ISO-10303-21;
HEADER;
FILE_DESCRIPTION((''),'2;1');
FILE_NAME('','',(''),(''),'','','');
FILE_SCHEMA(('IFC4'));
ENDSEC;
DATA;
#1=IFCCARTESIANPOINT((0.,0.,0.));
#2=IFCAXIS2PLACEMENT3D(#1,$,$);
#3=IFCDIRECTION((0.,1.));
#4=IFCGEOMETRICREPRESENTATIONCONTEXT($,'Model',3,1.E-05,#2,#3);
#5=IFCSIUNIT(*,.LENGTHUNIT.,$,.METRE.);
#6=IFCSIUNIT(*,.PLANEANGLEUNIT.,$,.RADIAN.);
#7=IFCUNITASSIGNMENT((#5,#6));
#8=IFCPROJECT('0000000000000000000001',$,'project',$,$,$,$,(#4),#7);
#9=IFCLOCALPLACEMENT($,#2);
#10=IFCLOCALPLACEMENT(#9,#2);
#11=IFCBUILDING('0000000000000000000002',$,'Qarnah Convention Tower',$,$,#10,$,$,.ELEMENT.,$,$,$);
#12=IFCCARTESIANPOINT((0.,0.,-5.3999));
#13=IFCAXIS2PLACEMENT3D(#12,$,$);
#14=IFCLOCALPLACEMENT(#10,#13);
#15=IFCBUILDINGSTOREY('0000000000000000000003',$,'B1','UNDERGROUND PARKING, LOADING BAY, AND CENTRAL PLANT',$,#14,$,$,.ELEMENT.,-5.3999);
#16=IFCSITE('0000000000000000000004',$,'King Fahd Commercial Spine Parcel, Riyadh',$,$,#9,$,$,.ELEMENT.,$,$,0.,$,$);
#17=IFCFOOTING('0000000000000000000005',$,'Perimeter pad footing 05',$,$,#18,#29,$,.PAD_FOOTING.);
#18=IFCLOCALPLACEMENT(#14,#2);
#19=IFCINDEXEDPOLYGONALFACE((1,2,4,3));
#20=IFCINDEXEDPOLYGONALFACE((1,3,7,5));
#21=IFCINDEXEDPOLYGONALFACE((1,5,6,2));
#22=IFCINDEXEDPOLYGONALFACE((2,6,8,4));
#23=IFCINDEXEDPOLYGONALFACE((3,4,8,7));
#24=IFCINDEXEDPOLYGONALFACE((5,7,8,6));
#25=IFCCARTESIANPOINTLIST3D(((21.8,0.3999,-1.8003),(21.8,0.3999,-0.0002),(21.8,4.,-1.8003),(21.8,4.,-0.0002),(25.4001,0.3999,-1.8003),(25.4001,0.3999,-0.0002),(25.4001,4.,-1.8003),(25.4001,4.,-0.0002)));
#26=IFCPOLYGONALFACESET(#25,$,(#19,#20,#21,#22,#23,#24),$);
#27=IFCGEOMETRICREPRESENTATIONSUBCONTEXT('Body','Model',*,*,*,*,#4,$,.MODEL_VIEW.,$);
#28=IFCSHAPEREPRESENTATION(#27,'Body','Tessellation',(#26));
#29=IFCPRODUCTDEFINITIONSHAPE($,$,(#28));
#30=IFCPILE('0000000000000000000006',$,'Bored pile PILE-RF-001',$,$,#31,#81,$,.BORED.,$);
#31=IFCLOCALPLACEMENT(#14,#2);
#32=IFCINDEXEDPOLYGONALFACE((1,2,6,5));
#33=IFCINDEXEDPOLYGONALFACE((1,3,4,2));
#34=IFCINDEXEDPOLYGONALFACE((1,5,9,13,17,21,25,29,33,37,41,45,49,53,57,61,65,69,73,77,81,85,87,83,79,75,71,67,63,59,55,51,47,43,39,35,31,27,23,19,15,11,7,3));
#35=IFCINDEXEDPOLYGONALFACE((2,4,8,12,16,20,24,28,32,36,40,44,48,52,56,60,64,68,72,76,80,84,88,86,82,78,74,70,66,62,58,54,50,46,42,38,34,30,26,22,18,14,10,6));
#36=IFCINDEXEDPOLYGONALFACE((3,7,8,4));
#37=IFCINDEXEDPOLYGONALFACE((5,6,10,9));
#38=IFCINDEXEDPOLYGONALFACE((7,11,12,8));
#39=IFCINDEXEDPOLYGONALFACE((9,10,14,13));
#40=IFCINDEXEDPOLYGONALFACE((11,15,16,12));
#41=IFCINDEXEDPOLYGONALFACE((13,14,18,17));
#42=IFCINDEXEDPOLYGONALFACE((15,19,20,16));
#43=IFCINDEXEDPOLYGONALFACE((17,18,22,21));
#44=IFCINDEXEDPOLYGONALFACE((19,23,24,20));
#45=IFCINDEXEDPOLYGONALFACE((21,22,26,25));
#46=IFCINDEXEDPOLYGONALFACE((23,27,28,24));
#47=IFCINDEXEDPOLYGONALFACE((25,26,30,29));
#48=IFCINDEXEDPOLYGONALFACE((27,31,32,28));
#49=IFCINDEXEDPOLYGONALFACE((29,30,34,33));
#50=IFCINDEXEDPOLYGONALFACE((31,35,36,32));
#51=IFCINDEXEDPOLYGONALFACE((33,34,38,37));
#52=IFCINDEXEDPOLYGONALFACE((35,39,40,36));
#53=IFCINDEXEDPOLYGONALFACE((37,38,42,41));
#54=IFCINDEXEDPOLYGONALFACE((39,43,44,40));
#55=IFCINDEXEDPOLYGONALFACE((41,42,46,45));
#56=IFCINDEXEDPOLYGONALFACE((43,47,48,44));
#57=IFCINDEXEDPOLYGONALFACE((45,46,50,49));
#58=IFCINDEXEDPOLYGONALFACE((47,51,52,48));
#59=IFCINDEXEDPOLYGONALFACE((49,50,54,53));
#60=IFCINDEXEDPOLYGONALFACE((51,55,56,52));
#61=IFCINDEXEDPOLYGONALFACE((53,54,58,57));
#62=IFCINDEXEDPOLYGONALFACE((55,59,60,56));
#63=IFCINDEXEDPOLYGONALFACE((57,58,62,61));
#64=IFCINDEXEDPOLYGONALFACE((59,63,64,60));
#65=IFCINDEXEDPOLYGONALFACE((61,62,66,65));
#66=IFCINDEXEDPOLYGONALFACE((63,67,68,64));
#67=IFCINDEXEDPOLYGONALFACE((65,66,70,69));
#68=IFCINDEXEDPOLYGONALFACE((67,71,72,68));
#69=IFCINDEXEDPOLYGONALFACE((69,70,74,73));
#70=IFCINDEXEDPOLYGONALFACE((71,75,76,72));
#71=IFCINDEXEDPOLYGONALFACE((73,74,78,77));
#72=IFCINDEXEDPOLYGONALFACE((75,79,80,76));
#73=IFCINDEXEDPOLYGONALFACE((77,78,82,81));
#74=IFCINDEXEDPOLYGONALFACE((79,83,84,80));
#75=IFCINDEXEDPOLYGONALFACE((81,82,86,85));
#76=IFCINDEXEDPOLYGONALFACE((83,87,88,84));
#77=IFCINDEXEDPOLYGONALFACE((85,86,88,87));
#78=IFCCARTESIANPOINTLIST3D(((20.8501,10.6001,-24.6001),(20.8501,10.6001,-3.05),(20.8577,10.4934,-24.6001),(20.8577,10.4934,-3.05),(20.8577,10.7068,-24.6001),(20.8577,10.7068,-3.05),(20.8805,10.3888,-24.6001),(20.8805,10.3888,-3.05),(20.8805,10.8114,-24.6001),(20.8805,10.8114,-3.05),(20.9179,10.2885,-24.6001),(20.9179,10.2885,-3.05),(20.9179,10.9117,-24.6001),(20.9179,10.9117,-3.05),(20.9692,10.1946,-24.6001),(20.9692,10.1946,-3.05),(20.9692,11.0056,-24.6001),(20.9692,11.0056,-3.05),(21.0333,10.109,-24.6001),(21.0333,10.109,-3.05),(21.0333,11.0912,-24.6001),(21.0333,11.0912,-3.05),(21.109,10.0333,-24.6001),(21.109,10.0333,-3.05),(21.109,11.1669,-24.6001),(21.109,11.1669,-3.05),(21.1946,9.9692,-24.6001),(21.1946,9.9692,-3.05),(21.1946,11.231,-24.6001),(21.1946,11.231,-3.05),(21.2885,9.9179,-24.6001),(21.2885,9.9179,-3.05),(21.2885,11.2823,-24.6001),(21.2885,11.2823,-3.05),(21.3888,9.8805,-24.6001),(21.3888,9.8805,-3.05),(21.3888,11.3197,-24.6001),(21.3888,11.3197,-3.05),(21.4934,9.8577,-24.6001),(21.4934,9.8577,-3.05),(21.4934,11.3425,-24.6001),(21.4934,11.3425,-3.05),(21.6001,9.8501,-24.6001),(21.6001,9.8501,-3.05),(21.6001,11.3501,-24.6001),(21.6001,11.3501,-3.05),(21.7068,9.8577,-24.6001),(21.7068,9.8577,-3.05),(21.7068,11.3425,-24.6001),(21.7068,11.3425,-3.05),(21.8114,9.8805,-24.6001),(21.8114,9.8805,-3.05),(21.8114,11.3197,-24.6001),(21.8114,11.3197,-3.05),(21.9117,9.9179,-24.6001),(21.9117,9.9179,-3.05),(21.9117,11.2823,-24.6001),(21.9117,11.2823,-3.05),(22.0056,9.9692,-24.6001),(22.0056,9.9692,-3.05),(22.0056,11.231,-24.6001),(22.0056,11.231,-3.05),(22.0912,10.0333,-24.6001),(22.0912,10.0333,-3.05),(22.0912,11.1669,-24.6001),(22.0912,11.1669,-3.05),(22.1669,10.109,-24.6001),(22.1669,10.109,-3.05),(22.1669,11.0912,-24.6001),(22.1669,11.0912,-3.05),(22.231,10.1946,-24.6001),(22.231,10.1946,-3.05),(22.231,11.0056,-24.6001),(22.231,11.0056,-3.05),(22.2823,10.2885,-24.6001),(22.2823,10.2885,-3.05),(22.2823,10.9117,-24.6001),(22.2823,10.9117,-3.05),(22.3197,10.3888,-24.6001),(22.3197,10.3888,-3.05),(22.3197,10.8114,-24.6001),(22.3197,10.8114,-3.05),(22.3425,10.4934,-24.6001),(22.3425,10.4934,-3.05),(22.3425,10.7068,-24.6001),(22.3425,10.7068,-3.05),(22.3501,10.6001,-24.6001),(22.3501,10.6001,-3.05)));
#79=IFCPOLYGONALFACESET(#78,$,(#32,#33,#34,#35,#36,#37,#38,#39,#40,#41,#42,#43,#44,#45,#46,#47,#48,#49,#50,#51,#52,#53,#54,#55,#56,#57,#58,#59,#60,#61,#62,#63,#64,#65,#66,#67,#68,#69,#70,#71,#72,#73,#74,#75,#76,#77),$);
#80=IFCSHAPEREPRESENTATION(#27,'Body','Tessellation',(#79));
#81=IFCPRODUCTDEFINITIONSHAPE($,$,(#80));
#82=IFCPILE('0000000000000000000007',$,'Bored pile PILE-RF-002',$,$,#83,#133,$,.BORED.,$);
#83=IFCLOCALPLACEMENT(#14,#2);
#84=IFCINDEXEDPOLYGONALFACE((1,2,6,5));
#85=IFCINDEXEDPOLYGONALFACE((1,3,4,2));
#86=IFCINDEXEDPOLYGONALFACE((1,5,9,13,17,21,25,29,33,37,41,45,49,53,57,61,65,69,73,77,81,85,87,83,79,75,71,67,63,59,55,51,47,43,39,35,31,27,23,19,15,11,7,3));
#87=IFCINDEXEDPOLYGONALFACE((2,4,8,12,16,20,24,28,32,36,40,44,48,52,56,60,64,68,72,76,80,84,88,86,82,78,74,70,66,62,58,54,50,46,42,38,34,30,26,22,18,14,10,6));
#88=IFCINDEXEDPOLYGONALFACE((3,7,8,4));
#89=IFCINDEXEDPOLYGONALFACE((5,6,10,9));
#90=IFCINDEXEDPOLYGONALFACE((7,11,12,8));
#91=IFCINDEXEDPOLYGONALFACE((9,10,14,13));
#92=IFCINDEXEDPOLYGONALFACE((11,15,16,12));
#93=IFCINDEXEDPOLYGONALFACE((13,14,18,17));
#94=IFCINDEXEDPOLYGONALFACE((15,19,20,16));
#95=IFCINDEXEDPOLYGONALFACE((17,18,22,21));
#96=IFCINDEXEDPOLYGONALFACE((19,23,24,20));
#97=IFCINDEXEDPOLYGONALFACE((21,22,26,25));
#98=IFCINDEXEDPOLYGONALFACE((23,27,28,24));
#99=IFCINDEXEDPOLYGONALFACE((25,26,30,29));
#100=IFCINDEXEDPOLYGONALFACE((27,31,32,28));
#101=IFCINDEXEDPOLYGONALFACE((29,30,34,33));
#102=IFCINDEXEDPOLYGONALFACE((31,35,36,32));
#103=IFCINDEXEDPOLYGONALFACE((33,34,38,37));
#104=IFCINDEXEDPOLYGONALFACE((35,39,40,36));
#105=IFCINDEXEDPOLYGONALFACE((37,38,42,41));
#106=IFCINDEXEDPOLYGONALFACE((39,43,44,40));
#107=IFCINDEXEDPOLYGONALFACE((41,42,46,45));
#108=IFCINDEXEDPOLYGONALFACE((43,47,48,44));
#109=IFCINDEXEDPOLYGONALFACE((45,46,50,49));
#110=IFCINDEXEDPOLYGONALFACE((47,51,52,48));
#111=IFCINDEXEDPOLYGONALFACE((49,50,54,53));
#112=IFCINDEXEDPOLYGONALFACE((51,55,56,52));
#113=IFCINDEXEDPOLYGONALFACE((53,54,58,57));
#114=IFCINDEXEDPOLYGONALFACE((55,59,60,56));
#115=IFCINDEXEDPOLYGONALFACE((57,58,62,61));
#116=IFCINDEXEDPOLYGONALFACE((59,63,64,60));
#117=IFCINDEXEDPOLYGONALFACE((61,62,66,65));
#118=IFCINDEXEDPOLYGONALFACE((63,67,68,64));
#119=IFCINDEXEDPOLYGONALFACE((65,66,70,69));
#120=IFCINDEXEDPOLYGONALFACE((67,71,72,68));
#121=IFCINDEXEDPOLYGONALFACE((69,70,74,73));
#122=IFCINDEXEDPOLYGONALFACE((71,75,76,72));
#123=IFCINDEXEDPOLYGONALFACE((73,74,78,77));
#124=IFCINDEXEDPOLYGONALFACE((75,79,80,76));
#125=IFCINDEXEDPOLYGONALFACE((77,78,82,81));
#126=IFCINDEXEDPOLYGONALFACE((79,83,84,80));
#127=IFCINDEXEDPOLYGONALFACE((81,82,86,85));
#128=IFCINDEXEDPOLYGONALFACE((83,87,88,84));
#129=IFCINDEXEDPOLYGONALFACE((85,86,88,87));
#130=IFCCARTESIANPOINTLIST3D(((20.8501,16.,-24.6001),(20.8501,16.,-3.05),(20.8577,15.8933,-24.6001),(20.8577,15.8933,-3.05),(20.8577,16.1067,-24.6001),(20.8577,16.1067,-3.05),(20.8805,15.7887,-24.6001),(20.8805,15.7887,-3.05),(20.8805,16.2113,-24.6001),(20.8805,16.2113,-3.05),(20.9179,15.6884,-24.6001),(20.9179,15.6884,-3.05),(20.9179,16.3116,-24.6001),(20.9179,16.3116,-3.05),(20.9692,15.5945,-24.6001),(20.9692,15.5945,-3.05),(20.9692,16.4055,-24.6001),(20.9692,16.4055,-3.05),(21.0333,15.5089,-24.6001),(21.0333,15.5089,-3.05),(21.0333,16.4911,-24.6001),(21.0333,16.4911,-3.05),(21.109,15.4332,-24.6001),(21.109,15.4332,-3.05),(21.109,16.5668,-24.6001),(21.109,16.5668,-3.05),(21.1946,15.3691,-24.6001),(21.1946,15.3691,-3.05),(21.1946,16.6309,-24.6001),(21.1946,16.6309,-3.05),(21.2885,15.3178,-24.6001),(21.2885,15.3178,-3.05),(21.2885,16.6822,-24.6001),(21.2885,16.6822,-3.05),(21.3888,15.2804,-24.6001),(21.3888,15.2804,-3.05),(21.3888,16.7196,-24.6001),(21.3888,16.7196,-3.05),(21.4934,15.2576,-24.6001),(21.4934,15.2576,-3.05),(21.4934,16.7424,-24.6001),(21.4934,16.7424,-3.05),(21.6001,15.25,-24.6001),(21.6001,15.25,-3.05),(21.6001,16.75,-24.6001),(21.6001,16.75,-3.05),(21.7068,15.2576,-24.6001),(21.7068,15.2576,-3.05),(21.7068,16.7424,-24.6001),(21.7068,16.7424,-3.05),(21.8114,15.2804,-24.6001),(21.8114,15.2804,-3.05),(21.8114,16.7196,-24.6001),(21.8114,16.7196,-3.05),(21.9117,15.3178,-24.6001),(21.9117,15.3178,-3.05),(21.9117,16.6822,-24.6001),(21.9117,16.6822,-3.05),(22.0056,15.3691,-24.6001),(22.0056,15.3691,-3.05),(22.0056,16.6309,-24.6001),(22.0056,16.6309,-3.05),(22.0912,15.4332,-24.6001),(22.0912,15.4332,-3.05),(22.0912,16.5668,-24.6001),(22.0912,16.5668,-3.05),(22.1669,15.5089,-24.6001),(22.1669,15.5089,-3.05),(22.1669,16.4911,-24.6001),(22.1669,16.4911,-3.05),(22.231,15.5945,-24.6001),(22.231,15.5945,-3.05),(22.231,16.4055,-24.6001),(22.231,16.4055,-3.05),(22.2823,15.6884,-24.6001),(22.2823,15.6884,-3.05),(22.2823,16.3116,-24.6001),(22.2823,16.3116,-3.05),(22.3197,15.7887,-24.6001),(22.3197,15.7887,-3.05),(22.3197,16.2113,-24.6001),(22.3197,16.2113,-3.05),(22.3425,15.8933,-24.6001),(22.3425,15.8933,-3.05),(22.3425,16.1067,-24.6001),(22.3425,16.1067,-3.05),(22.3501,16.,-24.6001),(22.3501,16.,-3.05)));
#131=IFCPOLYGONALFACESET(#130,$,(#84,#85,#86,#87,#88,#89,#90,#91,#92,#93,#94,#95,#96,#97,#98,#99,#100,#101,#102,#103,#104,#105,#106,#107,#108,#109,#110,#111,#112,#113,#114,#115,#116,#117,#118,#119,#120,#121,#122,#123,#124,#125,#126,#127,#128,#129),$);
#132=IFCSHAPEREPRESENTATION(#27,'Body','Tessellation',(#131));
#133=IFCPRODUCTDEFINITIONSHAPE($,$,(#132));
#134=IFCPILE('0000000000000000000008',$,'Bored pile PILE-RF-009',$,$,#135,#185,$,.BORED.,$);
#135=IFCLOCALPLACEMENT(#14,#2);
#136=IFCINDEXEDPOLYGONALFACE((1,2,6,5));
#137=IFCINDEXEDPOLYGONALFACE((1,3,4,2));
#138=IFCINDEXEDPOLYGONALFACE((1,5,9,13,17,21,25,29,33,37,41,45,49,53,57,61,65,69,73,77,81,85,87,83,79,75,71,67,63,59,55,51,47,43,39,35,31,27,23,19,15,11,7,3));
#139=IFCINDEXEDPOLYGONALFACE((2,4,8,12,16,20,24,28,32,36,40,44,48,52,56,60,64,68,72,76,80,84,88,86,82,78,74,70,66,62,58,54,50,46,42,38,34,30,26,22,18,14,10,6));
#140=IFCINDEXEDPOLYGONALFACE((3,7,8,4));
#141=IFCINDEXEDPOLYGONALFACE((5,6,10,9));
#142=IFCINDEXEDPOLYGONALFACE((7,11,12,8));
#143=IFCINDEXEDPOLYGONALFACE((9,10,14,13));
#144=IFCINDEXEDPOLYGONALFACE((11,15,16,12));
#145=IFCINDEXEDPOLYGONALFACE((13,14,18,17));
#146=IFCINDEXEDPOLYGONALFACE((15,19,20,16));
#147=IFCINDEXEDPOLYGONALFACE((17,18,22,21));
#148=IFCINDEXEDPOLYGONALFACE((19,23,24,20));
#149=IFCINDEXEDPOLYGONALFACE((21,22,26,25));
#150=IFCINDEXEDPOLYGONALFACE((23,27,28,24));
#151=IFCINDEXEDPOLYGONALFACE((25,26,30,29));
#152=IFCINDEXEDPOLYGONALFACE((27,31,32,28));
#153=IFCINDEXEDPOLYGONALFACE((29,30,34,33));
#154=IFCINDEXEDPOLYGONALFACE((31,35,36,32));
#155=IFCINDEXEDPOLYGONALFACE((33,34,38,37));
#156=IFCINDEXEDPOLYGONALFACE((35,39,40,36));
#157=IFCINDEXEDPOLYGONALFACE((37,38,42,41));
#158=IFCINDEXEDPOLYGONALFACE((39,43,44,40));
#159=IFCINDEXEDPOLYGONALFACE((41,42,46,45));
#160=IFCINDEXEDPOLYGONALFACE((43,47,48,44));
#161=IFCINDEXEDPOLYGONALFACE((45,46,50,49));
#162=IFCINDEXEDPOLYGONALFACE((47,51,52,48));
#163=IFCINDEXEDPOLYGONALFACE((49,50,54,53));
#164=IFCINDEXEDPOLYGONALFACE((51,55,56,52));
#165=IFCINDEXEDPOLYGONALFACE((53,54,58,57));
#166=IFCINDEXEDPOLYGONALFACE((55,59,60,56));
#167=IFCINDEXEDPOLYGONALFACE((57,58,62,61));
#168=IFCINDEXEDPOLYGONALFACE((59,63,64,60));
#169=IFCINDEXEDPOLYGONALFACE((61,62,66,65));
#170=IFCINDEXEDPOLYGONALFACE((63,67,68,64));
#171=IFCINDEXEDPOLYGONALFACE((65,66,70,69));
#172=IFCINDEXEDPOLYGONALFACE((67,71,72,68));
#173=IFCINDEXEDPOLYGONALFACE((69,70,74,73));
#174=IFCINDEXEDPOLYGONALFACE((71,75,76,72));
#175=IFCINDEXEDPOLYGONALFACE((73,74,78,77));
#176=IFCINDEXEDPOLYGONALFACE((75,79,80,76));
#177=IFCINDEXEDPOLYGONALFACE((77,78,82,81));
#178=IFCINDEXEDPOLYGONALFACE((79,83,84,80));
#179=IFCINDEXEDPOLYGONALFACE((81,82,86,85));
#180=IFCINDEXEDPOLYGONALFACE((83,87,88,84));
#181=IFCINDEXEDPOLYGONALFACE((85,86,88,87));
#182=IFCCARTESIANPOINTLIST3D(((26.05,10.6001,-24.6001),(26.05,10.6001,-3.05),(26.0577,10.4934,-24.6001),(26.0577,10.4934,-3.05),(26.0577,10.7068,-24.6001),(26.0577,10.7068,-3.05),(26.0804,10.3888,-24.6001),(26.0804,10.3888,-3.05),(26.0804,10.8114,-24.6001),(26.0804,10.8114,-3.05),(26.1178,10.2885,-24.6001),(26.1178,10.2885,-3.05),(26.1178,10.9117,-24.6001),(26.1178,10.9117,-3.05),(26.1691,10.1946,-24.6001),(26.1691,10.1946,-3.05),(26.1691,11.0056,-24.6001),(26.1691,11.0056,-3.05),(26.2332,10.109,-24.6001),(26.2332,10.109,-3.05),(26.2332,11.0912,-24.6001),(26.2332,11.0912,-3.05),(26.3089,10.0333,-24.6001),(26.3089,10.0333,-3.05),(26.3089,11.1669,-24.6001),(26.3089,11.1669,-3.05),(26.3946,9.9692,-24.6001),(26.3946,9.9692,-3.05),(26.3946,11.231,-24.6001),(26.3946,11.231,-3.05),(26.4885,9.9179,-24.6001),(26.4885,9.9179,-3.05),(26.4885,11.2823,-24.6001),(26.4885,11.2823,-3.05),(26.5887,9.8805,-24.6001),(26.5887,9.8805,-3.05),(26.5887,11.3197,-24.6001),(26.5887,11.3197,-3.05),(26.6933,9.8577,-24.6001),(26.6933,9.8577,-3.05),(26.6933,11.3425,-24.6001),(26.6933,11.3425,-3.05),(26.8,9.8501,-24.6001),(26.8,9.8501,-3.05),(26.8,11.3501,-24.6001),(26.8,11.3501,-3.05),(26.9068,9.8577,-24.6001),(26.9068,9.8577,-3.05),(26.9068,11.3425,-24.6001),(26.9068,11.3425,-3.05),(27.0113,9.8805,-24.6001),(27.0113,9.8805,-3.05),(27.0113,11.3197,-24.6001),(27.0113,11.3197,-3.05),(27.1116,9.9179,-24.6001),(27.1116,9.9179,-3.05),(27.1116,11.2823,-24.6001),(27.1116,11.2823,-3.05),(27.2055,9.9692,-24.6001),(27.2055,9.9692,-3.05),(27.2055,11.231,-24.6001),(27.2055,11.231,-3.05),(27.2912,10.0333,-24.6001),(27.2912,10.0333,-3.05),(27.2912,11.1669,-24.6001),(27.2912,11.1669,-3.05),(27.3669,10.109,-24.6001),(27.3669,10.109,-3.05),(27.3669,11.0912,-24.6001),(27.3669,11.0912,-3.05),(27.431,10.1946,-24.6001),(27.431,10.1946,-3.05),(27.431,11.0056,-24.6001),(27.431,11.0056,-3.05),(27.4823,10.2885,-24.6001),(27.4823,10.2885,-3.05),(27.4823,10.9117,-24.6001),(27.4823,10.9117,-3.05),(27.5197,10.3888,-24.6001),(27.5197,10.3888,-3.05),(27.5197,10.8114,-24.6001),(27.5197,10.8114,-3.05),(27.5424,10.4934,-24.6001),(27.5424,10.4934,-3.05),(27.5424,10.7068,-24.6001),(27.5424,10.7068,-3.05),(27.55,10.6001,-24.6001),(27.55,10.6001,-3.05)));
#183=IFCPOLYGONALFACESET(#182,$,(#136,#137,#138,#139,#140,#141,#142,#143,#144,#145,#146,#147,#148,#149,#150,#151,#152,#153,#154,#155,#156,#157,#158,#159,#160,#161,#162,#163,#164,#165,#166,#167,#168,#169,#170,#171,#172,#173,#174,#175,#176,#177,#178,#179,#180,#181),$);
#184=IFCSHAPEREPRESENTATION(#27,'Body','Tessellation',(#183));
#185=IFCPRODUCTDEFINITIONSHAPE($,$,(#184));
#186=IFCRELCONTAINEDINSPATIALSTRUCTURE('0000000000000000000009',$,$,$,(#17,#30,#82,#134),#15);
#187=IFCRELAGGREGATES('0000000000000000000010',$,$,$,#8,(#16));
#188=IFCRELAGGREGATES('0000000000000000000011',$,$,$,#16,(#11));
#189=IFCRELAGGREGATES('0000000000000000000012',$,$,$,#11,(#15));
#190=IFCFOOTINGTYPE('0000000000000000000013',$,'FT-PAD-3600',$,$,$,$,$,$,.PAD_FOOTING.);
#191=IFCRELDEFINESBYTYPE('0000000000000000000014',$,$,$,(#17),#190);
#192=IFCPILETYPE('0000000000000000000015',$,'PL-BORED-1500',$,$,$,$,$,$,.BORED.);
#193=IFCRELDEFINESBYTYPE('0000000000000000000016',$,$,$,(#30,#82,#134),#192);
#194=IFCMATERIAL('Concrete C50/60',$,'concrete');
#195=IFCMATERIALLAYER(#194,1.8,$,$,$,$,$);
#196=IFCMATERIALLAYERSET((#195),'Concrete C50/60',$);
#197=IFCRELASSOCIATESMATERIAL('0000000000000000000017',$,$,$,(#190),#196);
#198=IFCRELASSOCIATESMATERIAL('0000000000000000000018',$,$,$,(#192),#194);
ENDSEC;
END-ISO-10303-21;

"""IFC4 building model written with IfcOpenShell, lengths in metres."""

from ifc_helpers import new_model, si_unit, direction, frame, origin, origin_2d, place, context, subcontext, project, spatial, rectangle, circle, extrude, material, layer, layer_set, material_profile, profile_set, type_object, element, save


model = new_model("IFC4")

# Units and contexts
model_context = context("Model", 3, precision=1e-05, world=origin(), true_north=direction((0.0, 1.0)))
body_context = subcontext(model_context, "Body", "Model", "MODEL_VIEW")
ifc_project = project(units=[si_unit("LENGTHUNIT", "METRE"), si_unit("PLANEANGLEUNIT", "RADIAN")], contexts=[model_context])

# Site, building, storey
site_placement = place(None, origin())
site = spatial("IfcSite", under=ifc_project, at=site_placement, Name="King Fahd Commercial Spine Parcel, Riyadh", CompositionType="ELEMENT", RefElevation=0.0)
building_placement = place(site_placement, origin())
building = spatial("IfcBuilding", under=site, at=building_placement, Name="Qarnah Convention Tower", CompositionType="ELEMENT")
storey_placement = place(building_placement, frame((0.0, 0.0, -5.3999)))
storey = spatial("IfcBuildingStorey", under=building, at=storey_placement, Name="B1", Description="UNDERGROUND PARKING, LOADING BAY, AND CENTRAL PLANT", CompositionType="ELEMENT", Elevation=-5.3999)

# Footing
ifc_material_1 = material(Name="Concrete C50/60", Category="concrete")
ifc_layer_1 = layer(ifc_material_1, 1.8)
ifc_layer_set_1 = layer_set([ifc_layer_1], Name="Concrete C50/60")
footing_type = type_object("IfcFootingType", Name="FT-PAD-3600", PredefinedType="PAD_FOOTING", material=ifc_layer_set_1)
footing_placement = place(storey_placement, frame((23.6001, 2.2, -1.8003), z_axis=(0.0, 0.0, 1.0), x_axis=(1.0, 0.0, 0.0)))
element("IfcFooting", 1, at=footing_placement, inside=storey, type_object=footing_type, Name="Perimeter pad footing 05", PredefinedType="PAD_FOOTING", context=body_context, shape_type="SweptSolid", body=[
    extrude(rectangle(XDim=3.6001, YDim=3.6001, at=origin_2d()), origin(), (0.0, 0.0, 1.0), 1.8),
])

# Piles
ifc_material_profile_1 = material_profile(ifc_material_1, circle(Radius=0.75, at=origin_2d()), Name="PILE-D1500")
ifc_profile_set_1 = profile_set([ifc_material_profile_1], Name="Concrete C50/60")
pile_type_1 = type_object("IfcPileType", Name="PL-BORED-1500", PredefinedType="BORED", material=ifc_profile_set_1)
for number, where, z_axis, x_axis, name in (
    (2, (21.6001, 10.6001, -3.05), (0.0, 0.0, -1.0), (1.0, 0.0, 0.0), "Bored pile PILE-RF-001"),
    (3, (21.6001, 16.0, -3.05), (0.0, 0.0, -1.0), (1.0, 0.0, 0.0), "Bored pile PILE-RF-002"),
    (4, (26.8, 10.6001, -3.05), (0.0, 0.0, -1.0), (1.0, 0.0, 0.0), "Bored pile PILE-RF-009"),
):
    element("IfcPile", number, at=place(storey_placement, frame(where, z_axis=z_axis, x_axis=x_axis)), inside=storey, type_object=pile_type_1, Name=name, PredefinedType="BORED", context=body_context, shape_type="SweptSolid", body=[
        extrude(circle(Radius=0.75, at=origin_2d()), origin(), (0.0, 0.0, 1.0), 21.55),
    ])

save(model, "model.ifc")
